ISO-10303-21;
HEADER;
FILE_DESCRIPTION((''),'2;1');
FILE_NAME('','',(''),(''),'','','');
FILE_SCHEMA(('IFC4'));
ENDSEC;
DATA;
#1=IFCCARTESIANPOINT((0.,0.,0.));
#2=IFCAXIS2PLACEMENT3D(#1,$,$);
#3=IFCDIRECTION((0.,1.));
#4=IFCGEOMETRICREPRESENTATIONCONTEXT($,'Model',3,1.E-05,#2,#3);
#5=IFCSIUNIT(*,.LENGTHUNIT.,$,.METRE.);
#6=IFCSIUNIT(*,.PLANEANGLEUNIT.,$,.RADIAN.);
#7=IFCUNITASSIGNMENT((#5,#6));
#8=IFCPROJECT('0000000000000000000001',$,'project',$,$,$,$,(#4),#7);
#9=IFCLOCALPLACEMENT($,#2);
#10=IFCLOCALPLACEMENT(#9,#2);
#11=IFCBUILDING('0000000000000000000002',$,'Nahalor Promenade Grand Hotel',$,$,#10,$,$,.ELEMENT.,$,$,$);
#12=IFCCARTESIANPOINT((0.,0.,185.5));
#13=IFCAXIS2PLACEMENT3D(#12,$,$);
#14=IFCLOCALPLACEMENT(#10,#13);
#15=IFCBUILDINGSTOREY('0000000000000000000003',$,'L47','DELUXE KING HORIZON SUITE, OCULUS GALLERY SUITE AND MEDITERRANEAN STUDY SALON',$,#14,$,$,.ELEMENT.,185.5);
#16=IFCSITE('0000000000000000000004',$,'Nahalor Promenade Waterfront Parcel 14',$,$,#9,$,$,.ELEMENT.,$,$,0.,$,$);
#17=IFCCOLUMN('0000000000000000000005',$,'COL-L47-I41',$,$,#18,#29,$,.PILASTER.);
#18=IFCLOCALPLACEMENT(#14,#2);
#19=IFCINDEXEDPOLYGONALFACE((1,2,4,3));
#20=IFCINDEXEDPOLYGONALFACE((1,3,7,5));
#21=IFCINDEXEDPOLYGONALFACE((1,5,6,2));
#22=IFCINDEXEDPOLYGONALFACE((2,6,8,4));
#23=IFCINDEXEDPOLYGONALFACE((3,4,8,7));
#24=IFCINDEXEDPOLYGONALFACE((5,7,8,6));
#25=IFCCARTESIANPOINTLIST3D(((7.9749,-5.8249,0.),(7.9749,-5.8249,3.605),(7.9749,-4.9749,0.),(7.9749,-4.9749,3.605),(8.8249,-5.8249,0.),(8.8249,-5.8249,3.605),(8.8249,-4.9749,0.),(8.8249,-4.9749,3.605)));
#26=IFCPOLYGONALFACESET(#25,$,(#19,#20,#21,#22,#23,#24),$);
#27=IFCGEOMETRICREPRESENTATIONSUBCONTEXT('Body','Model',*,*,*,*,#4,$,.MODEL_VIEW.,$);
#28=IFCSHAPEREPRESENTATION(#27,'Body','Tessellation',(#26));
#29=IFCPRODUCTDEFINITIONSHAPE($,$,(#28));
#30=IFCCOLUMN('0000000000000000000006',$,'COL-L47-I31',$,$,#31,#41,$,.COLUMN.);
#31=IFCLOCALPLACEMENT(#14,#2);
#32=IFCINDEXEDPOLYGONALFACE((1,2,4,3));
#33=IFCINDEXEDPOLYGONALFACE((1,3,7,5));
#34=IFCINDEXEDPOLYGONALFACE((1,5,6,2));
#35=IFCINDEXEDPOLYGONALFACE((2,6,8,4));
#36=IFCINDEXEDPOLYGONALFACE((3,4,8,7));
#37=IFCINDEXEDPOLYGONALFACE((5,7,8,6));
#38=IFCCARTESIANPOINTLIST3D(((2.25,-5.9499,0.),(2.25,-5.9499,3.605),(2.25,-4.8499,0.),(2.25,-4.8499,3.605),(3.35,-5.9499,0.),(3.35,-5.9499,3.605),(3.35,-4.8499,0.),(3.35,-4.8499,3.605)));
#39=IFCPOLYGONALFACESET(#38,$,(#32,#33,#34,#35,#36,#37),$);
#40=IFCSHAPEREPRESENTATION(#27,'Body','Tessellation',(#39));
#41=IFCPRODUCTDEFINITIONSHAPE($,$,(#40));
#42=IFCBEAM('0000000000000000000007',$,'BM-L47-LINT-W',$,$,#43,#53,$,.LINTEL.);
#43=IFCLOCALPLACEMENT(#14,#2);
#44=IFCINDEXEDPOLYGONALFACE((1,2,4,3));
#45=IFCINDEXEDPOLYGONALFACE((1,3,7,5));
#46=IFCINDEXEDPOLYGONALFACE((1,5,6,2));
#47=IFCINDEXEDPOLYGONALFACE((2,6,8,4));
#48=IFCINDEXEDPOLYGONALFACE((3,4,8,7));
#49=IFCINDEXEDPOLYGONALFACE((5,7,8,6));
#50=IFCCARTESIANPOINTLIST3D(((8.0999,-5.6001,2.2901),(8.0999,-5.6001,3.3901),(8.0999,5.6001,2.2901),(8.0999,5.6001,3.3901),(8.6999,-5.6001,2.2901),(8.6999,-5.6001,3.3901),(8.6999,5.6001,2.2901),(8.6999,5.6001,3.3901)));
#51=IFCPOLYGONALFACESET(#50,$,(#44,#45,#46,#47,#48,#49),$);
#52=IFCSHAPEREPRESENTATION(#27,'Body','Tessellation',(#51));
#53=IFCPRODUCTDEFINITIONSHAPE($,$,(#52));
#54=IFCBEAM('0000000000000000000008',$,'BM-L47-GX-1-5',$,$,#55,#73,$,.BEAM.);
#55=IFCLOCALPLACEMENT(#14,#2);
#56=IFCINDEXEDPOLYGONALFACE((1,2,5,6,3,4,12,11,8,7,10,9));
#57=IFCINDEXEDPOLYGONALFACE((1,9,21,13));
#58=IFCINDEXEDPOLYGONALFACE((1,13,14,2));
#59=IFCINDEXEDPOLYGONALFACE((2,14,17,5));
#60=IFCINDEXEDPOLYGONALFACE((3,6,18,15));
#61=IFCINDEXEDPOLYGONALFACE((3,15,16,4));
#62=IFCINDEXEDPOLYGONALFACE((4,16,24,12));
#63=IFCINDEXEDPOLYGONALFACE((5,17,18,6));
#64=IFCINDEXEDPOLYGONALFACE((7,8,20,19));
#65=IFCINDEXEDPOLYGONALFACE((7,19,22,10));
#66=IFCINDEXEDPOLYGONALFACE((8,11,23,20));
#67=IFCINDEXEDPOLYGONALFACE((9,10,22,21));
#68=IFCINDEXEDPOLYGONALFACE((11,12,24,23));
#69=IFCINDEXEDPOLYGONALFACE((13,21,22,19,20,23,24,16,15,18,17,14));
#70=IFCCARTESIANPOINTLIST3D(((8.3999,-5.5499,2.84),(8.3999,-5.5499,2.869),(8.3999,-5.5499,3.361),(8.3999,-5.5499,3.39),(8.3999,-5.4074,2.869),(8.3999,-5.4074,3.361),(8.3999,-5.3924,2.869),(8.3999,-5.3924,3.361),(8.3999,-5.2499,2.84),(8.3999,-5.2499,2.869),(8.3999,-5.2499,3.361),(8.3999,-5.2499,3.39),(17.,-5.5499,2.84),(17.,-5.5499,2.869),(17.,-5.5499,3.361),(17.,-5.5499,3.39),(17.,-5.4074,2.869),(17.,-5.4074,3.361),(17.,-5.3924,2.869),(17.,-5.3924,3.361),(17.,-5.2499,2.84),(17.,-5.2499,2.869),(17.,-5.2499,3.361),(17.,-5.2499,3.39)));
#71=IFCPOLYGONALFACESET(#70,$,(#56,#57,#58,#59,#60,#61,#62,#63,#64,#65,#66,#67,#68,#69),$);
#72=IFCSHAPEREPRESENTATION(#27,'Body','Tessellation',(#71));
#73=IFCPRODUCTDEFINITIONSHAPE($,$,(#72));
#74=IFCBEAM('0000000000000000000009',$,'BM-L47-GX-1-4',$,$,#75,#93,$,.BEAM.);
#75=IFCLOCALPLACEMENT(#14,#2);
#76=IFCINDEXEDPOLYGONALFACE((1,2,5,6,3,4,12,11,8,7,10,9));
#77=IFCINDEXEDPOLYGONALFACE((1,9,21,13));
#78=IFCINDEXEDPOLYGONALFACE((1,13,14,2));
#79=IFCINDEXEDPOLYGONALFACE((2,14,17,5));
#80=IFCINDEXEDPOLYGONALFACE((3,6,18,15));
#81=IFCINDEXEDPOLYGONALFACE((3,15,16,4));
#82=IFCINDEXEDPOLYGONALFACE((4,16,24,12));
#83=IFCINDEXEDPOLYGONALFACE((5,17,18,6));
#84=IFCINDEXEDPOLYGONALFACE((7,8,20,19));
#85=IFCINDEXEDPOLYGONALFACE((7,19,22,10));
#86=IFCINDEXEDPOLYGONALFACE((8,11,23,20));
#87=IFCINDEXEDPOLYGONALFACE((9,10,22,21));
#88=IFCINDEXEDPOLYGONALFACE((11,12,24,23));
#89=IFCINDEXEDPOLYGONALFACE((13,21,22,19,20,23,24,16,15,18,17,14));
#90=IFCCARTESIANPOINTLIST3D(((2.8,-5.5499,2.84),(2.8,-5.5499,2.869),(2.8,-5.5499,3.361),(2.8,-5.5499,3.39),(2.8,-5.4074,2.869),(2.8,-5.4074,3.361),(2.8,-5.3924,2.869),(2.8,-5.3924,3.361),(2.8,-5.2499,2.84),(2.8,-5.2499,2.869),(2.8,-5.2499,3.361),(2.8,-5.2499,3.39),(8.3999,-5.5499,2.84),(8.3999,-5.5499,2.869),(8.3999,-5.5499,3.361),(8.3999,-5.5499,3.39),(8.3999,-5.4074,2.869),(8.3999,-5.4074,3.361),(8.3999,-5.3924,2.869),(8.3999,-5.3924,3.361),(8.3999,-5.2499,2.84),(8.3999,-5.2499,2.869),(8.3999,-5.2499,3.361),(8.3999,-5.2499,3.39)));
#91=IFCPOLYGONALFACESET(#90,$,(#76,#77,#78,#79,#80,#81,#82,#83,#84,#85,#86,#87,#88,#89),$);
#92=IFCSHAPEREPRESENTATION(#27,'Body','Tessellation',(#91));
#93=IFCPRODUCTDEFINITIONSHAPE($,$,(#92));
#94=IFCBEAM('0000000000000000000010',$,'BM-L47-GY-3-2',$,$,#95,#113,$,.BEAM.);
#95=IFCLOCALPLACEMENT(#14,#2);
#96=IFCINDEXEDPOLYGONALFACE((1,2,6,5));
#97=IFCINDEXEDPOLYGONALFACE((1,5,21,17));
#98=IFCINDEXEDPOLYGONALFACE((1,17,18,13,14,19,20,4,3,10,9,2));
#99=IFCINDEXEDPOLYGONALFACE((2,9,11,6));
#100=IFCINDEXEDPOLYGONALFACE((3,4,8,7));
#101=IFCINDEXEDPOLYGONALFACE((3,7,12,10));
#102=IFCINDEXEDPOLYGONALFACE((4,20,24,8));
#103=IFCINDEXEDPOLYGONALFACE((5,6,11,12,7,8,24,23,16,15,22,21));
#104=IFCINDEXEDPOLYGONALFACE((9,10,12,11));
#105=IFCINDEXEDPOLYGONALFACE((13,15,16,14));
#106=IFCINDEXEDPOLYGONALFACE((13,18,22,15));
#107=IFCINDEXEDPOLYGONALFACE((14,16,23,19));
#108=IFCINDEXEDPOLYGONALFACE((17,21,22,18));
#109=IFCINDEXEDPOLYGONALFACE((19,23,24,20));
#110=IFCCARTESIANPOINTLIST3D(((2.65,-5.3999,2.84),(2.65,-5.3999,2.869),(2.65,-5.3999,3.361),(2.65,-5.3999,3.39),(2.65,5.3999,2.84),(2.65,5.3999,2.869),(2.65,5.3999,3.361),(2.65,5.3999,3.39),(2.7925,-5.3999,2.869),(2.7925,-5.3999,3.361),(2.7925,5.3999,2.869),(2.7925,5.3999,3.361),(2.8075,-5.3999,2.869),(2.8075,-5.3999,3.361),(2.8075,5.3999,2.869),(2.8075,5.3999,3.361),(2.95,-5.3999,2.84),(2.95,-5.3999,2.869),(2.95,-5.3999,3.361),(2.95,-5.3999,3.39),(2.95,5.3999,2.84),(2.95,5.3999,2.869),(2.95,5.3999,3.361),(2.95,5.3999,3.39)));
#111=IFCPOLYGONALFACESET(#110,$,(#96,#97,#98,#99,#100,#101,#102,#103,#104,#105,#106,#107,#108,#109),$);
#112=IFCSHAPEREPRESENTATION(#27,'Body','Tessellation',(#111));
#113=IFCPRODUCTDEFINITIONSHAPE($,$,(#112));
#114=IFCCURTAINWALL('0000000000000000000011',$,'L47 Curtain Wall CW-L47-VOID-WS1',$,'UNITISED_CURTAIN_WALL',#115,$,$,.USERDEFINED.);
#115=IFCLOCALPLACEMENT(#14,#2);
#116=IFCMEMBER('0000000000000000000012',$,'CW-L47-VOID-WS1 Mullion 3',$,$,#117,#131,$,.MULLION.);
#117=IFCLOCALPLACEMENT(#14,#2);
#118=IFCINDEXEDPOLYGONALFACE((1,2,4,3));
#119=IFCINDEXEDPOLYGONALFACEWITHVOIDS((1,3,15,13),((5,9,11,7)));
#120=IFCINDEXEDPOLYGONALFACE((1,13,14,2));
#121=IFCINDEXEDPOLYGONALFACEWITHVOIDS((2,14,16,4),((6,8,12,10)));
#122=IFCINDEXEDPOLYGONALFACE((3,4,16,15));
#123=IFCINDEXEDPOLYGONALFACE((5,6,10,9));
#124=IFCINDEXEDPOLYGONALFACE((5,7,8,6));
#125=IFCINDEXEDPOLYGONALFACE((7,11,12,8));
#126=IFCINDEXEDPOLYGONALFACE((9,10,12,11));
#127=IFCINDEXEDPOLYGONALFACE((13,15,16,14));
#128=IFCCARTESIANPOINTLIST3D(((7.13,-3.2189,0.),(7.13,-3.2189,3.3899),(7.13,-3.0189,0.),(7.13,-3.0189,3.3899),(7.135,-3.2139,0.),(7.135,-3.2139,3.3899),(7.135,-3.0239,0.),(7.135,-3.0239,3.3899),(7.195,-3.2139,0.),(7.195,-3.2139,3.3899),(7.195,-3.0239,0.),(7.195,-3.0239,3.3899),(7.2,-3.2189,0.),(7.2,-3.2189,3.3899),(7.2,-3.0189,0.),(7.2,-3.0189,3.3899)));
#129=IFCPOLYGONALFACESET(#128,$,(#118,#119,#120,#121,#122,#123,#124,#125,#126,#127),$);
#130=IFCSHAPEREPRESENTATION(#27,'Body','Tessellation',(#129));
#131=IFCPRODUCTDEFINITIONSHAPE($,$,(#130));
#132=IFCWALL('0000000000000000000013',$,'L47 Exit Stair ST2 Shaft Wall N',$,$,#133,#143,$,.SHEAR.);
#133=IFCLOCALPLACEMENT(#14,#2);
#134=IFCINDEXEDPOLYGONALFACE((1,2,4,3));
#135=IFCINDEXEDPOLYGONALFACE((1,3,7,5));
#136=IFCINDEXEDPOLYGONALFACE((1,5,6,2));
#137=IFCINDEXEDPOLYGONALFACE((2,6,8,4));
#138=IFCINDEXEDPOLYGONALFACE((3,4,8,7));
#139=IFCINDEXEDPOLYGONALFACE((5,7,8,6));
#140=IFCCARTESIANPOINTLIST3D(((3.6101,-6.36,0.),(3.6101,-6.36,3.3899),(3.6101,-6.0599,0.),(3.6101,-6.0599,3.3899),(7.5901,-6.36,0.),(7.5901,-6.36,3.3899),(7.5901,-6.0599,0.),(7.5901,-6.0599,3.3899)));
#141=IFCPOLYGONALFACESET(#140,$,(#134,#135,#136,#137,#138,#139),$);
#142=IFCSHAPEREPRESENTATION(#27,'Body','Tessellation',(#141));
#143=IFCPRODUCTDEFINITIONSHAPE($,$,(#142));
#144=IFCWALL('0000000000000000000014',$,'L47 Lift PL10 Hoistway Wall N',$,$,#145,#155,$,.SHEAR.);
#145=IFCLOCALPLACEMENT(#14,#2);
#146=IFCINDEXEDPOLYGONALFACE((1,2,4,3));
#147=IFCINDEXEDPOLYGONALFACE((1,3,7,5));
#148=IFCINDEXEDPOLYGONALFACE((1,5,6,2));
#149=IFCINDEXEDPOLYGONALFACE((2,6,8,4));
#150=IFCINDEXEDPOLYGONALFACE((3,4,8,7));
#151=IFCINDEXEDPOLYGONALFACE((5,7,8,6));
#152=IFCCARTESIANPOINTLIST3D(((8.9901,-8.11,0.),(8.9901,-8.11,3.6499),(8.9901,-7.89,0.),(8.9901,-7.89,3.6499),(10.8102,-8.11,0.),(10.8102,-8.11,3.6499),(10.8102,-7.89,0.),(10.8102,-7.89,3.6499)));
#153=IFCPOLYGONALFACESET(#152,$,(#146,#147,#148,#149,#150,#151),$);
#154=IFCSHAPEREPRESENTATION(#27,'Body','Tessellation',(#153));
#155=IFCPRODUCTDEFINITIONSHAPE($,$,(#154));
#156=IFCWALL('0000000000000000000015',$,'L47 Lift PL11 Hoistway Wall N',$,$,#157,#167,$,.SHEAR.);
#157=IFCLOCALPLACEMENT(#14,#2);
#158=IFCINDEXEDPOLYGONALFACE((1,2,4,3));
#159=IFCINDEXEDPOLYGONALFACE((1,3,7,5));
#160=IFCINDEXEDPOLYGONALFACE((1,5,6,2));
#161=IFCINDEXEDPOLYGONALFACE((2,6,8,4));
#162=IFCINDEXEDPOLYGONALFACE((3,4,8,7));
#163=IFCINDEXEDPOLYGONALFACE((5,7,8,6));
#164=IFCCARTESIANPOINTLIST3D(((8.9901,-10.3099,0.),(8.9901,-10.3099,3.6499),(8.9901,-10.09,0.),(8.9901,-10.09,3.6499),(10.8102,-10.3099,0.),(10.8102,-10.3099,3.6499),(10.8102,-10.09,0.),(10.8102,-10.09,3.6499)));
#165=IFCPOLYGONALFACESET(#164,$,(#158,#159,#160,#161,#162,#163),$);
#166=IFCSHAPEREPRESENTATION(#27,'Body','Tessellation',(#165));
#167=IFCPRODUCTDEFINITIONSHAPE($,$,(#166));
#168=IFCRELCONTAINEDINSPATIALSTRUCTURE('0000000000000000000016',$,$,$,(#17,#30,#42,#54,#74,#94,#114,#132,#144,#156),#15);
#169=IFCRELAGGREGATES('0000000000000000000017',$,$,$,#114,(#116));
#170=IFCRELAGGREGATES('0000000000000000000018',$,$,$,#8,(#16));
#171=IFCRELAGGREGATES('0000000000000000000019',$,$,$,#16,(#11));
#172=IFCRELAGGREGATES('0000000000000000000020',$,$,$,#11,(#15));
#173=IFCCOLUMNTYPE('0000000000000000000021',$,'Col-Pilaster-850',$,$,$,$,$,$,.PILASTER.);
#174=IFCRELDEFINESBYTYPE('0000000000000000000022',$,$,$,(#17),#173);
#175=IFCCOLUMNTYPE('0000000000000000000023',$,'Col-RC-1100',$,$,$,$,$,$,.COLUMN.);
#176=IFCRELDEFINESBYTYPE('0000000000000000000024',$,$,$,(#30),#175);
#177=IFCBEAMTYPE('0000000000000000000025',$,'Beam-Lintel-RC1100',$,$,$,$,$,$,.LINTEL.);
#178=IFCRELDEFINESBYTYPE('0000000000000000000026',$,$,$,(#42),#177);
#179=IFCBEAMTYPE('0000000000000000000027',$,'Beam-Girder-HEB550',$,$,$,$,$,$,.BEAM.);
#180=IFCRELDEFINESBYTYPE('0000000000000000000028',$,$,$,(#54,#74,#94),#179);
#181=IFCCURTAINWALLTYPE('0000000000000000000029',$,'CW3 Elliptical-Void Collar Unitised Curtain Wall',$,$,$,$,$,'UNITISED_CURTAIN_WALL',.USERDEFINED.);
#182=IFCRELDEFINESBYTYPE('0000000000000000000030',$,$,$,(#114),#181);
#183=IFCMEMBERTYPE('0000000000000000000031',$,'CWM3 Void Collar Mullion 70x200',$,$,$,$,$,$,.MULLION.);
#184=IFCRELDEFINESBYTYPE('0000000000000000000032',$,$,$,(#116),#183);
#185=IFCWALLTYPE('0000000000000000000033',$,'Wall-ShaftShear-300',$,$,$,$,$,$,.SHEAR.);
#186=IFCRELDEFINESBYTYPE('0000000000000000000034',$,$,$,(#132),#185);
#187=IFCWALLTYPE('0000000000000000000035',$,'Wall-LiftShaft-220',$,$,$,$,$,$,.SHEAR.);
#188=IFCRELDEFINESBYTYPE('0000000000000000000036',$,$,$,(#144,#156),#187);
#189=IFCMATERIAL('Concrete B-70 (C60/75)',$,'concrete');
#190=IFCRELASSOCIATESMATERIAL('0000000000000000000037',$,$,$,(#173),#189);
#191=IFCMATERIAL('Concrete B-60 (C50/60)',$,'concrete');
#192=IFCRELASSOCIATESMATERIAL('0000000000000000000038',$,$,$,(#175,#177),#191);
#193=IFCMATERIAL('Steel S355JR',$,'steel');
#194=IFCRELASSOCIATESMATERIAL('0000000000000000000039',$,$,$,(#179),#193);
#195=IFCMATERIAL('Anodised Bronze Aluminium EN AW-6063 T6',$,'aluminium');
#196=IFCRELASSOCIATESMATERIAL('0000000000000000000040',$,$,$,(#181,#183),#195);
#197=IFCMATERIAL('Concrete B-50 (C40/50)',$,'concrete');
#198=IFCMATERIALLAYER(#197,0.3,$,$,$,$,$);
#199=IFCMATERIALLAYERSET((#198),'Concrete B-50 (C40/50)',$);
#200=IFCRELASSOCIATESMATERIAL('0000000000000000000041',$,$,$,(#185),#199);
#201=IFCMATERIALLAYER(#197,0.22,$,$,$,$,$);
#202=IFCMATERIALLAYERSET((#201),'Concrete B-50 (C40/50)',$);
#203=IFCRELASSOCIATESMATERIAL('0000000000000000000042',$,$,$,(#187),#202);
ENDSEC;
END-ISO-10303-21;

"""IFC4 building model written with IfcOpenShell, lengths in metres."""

from ifc_helpers import new_model, si_unit, direction, frame, frame_2d, origin, origin_2d, place, context, subcontext, project, spatial, rectangle, hollow_rectangle, i_section, extrude, source, transform, mapped, material, layer, layer_set, material_profile, profile_set, type_object, element, aggregate, save


model = new_model("IFC4")

# Units and contexts
model_context = context("Model", 3, precision=1e-05, world=origin(), true_north=direction((0.0, 1.0)))
body_context = subcontext(model_context, "Body", "Model", "MODEL_VIEW")
ifc_project = project(units=[si_unit("LENGTHUNIT", "METRE"), si_unit("PLANEANGLEUNIT", "RADIAN")], contexts=[model_context])

# Site, building, storey
site_placement = place(None, origin())
site = spatial("IfcSite", under=ifc_project, at=site_placement, Name="Nahalor Promenade Waterfront Parcel 14", CompositionType="ELEMENT", RefElevation=0.0)
building_placement = place(site_placement, origin())
building = spatial("IfcBuilding", under=site, at=building_placement, Name="Nahalor Promenade Grand Hotel", CompositionType="ELEMENT")
storey_placement = place(building_placement, frame((0.0, 0.0, 185.5)))
storey = spatial("IfcBuildingStorey", under=building, at=storey_placement, Name="L47", Description="DELUXE KING HORIZON SUITE, OCULUS GALLERY SUITE AND MEDITERRANEAN STUDY SALON", CompositionType="ELEMENT", Elevation=185.5)

# Columns
ifc_material_1 = material(Name="Concrete B-70 (C60/75)", Category="concrete")
ifc_material_profile_1 = material_profile(ifc_material_1, rectangle(XDim=0.85, YDim=0.85, at=origin_2d()), Name="RC 850x850")
ifc_profile_set_1 = profile_set([ifc_material_profile_1], Name="Concrete B-70 (C60/75)")
column_type_1 = type_object("IfcColumnType", Name="Col-Pilaster-850", PredefinedType="PILASTER", material=ifc_profile_set_1)
shared_shape_1 = source(origin(), body_context, "Body", "SweptSolid", [
    extrude(rectangle(XDim=0.85, YDim=0.85, at=origin_2d()), origin(), (0.0, 0.0, 1.0), 3.605),
])
column_1_placement = place(storey_placement, frame((8.3999, -5.3999, 0.0), z_axis=(0.0, 0.0, 1.0), x_axis=(1.0, 0.0, 0.0)))
element("IfcColumn", 1, at=column_1_placement, inside=storey, type_object=column_type_1, Name="COL-L47-I41", PredefinedType="PILASTER", context=body_context, shape_type="MappedRepresentation", body=[
    mapped(shared_shape_1, transform((0.0, 0.0, 0.0), scale=1.0)),
])
ifc_material_2 = material(Name="Concrete B-60 (C50/60)", Category="concrete")
ifc_material_profile_2 = material_profile(ifc_material_2, rectangle(XDim=1.1, YDim=1.1, at=origin_2d()), Name="RC 1100x1100")
ifc_profile_set_2 = profile_set([ifc_material_profile_2], Name="Concrete B-60 (C50/60)")
column_type_2 = type_object("IfcColumnType", Name="Col-RC-1100", PredefinedType="COLUMN", material=ifc_profile_set_2)
shared_shape_2 = source(origin(), body_context, "Body", "SweptSolid", [
    extrude(rectangle(XDim=1.1, YDim=1.1, at=origin_2d()), origin(), (0.0, 0.0, 1.0), 3.605),
])
column_2_placement = place(storey_placement, frame((2.8, -5.3999, 0.0), z_axis=(0.0, 0.0, 1.0), x_axis=(1.0, 0.0, 0.0)))
element("IfcColumn", 2, at=column_2_placement, inside=storey, type_object=column_type_2, Name="COL-L47-I31", PredefinedType="COLUMN", context=body_context, shape_type="MappedRepresentation", body=[
    mapped(shared_shape_2, transform((0.0, 0.0, 0.0), scale=1.0)),
])

# Beams
ifc_material_profile_3 = material_profile(ifc_material_2, rectangle(XDim=0.6, YDim=1.1, at=origin_2d()), Name="RC 600x1100")
ifc_profile_set_3 = profile_set([ifc_material_profile_3], Name="Concrete B-60 (C50/60)")
beam_type_1 = type_object("IfcBeamType", Name="Beam-Lintel-RC1100", PredefinedType="LINTEL", material=ifc_profile_set_3)
shared_shape_3 = source(origin(), body_context, "Body", "SweptSolid", [
    extrude(rectangle(XDim=0.6, YDim=1.1, at=origin_2d()), origin(), (0.0, 0.0, 1.0), 11.2002),
])
beam_1_placement = place(storey_placement, frame((8.3999, -5.6001, 2.8401), z_axis=(0.0, 1.0, 0.0), x_axis=(-1.0, 0.0, 0.0)))
element("IfcBeam", 3, at=beam_1_placement, inside=storey, type_object=beam_type_1, Name="BM-L47-LINT-W", PredefinedType="LINTEL", context=body_context, shape_type="MappedRepresentation", body=[
    mapped(shared_shape_3, transform((0.0, 0.0, 0.0), scale=1.0)),
])
ifc_material_3 = material(Name="Steel S355JR", Category="steel")
ifc_material_profile_4 = material_profile(ifc_material_3, i_section(OverallWidth=0.3, OverallDepth=0.55, WebThickness=0.015, FlangeThickness=0.029, at=origin_2d()), Name="HEB 550")
ifc_profile_set_4 = profile_set([ifc_material_profile_4], Name="Steel S355JR")
beam_type_2 = type_object("IfcBeamType", Name="Beam-Girder-HEB550", PredefinedType="BEAM", material=ifc_profile_set_4)
shared_shape_4 = source(origin(), body_context, "Body", "SweptSolid", [
    extrude(i_section(OverallWidth=0.3, OverallDepth=0.55, WebThickness=0.015, FlangeThickness=0.029, at=origin_2d()), origin(), (0.0, 0.0, 1.0), 8.6001),
])
beam_2_placement = place(storey_placement, frame((8.3999, -5.3999, 3.115), z_axis=(1.0, 0.0, 0.0), x_axis=(0.0, 1.0, 0.0)))
element("IfcBeam", 4, at=beam_2_placement, inside=storey, type_object=beam_type_2, Name="BM-L47-GX-1-5", PredefinedType="BEAM", context=body_context, shape_type="MappedRepresentation", body=[
    mapped(shared_shape_4, transform((0.0, 0.0, 0.0), scale=1.0)),
])
shared_shape_5 = source(origin(), body_context, "Body", "SweptSolid", [
    extrude(i_section(OverallWidth=0.3, OverallDepth=0.55, WebThickness=0.015, FlangeThickness=0.029, at=origin_2d()), origin(), (0.0, 0.0, 1.0), 5.5999),
])
beam_3_placement = place(storey_placement, frame((2.8, -5.3999, 3.115), z_axis=(1.0, 0.0, 0.0), x_axis=(0.0, 1.0, 0.0)))
element("IfcBeam", 5, at=beam_3_placement, inside=storey, type_object=beam_type_2, Name="BM-L47-GX-1-4", PredefinedType="BEAM", context=body_context, shape_type="MappedRepresentation", body=[
    mapped(shared_shape_5, transform((0.0, 0.0, 0.0), scale=1.0)),
])
shared_shape_6 = source(origin(), body_context, "Body", "SweptSolid", [
    extrude(i_section(OverallWidth=0.3, OverallDepth=0.55, WebThickness=0.015, FlangeThickness=0.029, at=origin_2d()), origin(), (0.0, 0.0, 1.0), 10.7998),
])
beam_4_placement = place(storey_placement, frame((2.8, -5.3999, 3.115), z_axis=(0.0, 1.0, 0.0), x_axis=(-1.0, 0.0, 0.0)))
element("IfcBeam", 6, at=beam_4_placement, inside=storey, type_object=beam_type_2, Name="BM-L47-GY-3-2", PredefinedType="BEAM", context=body_context, shape_type="MappedRepresentation", body=[
    mapped(shared_shape_6, transform((0.0, 0.0, 0.0), scale=1.0)),
])

# Curtain wall, member
ifc_material_4 = material(Name="Anodised Bronze Aluminium EN AW-6063 T6", Category="aluminium")
curtain_wall_type = type_object("IfcCurtainWallType", Name="CW3 Elliptical-Void Collar Unitised Curtain Wall", ElementType="UNITISED_CURTAIN_WALL", PredefinedType="USERDEFINED", material=ifc_material_4)
curtain_wall_placement = place(storey_placement, origin())
curtain_wall = element("IfcCurtainWall", 7, at=curtain_wall_placement, inside=storey, type_object=curtain_wall_type, Name="L47 Curtain Wall CW-L47-VOID-WS1", ObjectType="UNITISED_CURTAIN_WALL", PredefinedType="USERDEFINED")
ifc_material_profile_5 = material_profile(ifc_material_4, hollow_rectangle(XDim=0.07, YDim=0.2, WallThickness=0.005, at=origin_2d()), Name="CWM 70x200x5")
ifc_profile_set_5 = profile_set([ifc_material_profile_5], Name="Anodised Bronze Aluminium EN AW-6063 T6")
member_type = type_object("IfcMemberType", Name="CWM3 Void Collar Mullion 70x200", PredefinedType="MULLION", material=ifc_profile_set_5)
shared_shape_7 = source(origin(), body_context, "Body", "SweptSolid", [
    extrude(hollow_rectangle(XDim=0.07, YDim=0.2, WallThickness=0.005, at=origin_2d()), origin(), (0.0, 0.0, 1.0), 3.3899),
])
member_placement = place(storey_placement, frame((7.165, -3.1189, 0.0), z_axis=(0.0, 0.0, 1.0), x_axis=(1.0, 0.0, 0.0)))
member = element("IfcMember", 8, at=member_placement, type_object=member_type, Name="CW-L47-VOID-WS1 Mullion 3", PredefinedType="MULLION", context=body_context, shape_type="MappedRepresentation", body=[
    mapped(shared_shape_7, transform((0.0, 0.0, 0.0), scale=1.0)),
])
aggregate(curtain_wall, [member])

# Walls
ifc_material_5 = material(Name="Concrete B-50 (C40/50)", Category="concrete")
ifc_layer_1 = layer(ifc_material_5, 0.3)
ifc_layer_set_1 = layer_set([ifc_layer_1], Name="Concrete B-50 (C40/50)")
wall_type_1 = type_object("IfcWallType", Name="Wall-ShaftShear-300", PredefinedType="SHEAR", material=ifc_layer_set_1)
shared_shape_8 = source(origin(), body_context, "Body", "SweptSolid", [
    extrude(rectangle(XDim=3.98, YDim=0.3, at=frame_2d((1.99, 0.0))), origin(), (0.0, 0.0, 1.0), 3.3899),
])
wall_1_placement = place(storey_placement, frame((3.6101, -6.21, 0.0), z_axis=(0.0, 0.0, 1.0), x_axis=(1.0, 0.0, 0.0)))
element("IfcWall", 9, at=wall_1_placement, inside=storey, type_object=wall_type_1, Name="L47 Exit Stair ST2 Shaft Wall N", PredefinedType="SHEAR", context=body_context, shape_type="MappedRepresentation", body=[
    mapped(shared_shape_8, transform((0.0, 0.0, 0.0), scale=1.0)),
])
ifc_layer_2 = layer(ifc_material_5, 0.22)
ifc_layer_set_2 = layer_set([ifc_layer_2], Name="Concrete B-50 (C40/50)")
wall_type_2 = type_object("IfcWallType", Name="Wall-LiftShaft-220", PredefinedType="SHEAR", material=ifc_layer_set_2)
shared_shape_9 = source(origin(), body_context, "Body", "SweptSolid", [
    extrude(rectangle(XDim=1.8201, YDim=0.22, at=frame_2d((0.9102, 0.0))), origin(), (0.0, 0.0, 1.0), 3.6499),
])
for number, where, z_axis, x_axis, name in (
    (10, (8.99, -8.0, 0.0), (0.0, 0.0, 1.0), (1.0, 0.0, 0.0), "L47 Lift PL10 Hoistway Wall N"),
    (11, (8.99, -10.2, 0.0), (0.0, 0.0, 1.0), (1.0, 0.0, 0.0), "L47 Lift PL11 Hoistway Wall N"),
):
    element("IfcWall", number, at=place(storey_placement, frame(where, z_axis=z_axis, x_axis=x_axis)), inside=storey, type_object=wall_type_2, Name=name, PredefinedType="SHEAR", context=body_context, shape_type="MappedRepresentation", body=[
        mapped(shared_shape_9, transform((0.0, 0.0, 0.0), scale=1.0)),
    ])

save(model, "model.ifc")
